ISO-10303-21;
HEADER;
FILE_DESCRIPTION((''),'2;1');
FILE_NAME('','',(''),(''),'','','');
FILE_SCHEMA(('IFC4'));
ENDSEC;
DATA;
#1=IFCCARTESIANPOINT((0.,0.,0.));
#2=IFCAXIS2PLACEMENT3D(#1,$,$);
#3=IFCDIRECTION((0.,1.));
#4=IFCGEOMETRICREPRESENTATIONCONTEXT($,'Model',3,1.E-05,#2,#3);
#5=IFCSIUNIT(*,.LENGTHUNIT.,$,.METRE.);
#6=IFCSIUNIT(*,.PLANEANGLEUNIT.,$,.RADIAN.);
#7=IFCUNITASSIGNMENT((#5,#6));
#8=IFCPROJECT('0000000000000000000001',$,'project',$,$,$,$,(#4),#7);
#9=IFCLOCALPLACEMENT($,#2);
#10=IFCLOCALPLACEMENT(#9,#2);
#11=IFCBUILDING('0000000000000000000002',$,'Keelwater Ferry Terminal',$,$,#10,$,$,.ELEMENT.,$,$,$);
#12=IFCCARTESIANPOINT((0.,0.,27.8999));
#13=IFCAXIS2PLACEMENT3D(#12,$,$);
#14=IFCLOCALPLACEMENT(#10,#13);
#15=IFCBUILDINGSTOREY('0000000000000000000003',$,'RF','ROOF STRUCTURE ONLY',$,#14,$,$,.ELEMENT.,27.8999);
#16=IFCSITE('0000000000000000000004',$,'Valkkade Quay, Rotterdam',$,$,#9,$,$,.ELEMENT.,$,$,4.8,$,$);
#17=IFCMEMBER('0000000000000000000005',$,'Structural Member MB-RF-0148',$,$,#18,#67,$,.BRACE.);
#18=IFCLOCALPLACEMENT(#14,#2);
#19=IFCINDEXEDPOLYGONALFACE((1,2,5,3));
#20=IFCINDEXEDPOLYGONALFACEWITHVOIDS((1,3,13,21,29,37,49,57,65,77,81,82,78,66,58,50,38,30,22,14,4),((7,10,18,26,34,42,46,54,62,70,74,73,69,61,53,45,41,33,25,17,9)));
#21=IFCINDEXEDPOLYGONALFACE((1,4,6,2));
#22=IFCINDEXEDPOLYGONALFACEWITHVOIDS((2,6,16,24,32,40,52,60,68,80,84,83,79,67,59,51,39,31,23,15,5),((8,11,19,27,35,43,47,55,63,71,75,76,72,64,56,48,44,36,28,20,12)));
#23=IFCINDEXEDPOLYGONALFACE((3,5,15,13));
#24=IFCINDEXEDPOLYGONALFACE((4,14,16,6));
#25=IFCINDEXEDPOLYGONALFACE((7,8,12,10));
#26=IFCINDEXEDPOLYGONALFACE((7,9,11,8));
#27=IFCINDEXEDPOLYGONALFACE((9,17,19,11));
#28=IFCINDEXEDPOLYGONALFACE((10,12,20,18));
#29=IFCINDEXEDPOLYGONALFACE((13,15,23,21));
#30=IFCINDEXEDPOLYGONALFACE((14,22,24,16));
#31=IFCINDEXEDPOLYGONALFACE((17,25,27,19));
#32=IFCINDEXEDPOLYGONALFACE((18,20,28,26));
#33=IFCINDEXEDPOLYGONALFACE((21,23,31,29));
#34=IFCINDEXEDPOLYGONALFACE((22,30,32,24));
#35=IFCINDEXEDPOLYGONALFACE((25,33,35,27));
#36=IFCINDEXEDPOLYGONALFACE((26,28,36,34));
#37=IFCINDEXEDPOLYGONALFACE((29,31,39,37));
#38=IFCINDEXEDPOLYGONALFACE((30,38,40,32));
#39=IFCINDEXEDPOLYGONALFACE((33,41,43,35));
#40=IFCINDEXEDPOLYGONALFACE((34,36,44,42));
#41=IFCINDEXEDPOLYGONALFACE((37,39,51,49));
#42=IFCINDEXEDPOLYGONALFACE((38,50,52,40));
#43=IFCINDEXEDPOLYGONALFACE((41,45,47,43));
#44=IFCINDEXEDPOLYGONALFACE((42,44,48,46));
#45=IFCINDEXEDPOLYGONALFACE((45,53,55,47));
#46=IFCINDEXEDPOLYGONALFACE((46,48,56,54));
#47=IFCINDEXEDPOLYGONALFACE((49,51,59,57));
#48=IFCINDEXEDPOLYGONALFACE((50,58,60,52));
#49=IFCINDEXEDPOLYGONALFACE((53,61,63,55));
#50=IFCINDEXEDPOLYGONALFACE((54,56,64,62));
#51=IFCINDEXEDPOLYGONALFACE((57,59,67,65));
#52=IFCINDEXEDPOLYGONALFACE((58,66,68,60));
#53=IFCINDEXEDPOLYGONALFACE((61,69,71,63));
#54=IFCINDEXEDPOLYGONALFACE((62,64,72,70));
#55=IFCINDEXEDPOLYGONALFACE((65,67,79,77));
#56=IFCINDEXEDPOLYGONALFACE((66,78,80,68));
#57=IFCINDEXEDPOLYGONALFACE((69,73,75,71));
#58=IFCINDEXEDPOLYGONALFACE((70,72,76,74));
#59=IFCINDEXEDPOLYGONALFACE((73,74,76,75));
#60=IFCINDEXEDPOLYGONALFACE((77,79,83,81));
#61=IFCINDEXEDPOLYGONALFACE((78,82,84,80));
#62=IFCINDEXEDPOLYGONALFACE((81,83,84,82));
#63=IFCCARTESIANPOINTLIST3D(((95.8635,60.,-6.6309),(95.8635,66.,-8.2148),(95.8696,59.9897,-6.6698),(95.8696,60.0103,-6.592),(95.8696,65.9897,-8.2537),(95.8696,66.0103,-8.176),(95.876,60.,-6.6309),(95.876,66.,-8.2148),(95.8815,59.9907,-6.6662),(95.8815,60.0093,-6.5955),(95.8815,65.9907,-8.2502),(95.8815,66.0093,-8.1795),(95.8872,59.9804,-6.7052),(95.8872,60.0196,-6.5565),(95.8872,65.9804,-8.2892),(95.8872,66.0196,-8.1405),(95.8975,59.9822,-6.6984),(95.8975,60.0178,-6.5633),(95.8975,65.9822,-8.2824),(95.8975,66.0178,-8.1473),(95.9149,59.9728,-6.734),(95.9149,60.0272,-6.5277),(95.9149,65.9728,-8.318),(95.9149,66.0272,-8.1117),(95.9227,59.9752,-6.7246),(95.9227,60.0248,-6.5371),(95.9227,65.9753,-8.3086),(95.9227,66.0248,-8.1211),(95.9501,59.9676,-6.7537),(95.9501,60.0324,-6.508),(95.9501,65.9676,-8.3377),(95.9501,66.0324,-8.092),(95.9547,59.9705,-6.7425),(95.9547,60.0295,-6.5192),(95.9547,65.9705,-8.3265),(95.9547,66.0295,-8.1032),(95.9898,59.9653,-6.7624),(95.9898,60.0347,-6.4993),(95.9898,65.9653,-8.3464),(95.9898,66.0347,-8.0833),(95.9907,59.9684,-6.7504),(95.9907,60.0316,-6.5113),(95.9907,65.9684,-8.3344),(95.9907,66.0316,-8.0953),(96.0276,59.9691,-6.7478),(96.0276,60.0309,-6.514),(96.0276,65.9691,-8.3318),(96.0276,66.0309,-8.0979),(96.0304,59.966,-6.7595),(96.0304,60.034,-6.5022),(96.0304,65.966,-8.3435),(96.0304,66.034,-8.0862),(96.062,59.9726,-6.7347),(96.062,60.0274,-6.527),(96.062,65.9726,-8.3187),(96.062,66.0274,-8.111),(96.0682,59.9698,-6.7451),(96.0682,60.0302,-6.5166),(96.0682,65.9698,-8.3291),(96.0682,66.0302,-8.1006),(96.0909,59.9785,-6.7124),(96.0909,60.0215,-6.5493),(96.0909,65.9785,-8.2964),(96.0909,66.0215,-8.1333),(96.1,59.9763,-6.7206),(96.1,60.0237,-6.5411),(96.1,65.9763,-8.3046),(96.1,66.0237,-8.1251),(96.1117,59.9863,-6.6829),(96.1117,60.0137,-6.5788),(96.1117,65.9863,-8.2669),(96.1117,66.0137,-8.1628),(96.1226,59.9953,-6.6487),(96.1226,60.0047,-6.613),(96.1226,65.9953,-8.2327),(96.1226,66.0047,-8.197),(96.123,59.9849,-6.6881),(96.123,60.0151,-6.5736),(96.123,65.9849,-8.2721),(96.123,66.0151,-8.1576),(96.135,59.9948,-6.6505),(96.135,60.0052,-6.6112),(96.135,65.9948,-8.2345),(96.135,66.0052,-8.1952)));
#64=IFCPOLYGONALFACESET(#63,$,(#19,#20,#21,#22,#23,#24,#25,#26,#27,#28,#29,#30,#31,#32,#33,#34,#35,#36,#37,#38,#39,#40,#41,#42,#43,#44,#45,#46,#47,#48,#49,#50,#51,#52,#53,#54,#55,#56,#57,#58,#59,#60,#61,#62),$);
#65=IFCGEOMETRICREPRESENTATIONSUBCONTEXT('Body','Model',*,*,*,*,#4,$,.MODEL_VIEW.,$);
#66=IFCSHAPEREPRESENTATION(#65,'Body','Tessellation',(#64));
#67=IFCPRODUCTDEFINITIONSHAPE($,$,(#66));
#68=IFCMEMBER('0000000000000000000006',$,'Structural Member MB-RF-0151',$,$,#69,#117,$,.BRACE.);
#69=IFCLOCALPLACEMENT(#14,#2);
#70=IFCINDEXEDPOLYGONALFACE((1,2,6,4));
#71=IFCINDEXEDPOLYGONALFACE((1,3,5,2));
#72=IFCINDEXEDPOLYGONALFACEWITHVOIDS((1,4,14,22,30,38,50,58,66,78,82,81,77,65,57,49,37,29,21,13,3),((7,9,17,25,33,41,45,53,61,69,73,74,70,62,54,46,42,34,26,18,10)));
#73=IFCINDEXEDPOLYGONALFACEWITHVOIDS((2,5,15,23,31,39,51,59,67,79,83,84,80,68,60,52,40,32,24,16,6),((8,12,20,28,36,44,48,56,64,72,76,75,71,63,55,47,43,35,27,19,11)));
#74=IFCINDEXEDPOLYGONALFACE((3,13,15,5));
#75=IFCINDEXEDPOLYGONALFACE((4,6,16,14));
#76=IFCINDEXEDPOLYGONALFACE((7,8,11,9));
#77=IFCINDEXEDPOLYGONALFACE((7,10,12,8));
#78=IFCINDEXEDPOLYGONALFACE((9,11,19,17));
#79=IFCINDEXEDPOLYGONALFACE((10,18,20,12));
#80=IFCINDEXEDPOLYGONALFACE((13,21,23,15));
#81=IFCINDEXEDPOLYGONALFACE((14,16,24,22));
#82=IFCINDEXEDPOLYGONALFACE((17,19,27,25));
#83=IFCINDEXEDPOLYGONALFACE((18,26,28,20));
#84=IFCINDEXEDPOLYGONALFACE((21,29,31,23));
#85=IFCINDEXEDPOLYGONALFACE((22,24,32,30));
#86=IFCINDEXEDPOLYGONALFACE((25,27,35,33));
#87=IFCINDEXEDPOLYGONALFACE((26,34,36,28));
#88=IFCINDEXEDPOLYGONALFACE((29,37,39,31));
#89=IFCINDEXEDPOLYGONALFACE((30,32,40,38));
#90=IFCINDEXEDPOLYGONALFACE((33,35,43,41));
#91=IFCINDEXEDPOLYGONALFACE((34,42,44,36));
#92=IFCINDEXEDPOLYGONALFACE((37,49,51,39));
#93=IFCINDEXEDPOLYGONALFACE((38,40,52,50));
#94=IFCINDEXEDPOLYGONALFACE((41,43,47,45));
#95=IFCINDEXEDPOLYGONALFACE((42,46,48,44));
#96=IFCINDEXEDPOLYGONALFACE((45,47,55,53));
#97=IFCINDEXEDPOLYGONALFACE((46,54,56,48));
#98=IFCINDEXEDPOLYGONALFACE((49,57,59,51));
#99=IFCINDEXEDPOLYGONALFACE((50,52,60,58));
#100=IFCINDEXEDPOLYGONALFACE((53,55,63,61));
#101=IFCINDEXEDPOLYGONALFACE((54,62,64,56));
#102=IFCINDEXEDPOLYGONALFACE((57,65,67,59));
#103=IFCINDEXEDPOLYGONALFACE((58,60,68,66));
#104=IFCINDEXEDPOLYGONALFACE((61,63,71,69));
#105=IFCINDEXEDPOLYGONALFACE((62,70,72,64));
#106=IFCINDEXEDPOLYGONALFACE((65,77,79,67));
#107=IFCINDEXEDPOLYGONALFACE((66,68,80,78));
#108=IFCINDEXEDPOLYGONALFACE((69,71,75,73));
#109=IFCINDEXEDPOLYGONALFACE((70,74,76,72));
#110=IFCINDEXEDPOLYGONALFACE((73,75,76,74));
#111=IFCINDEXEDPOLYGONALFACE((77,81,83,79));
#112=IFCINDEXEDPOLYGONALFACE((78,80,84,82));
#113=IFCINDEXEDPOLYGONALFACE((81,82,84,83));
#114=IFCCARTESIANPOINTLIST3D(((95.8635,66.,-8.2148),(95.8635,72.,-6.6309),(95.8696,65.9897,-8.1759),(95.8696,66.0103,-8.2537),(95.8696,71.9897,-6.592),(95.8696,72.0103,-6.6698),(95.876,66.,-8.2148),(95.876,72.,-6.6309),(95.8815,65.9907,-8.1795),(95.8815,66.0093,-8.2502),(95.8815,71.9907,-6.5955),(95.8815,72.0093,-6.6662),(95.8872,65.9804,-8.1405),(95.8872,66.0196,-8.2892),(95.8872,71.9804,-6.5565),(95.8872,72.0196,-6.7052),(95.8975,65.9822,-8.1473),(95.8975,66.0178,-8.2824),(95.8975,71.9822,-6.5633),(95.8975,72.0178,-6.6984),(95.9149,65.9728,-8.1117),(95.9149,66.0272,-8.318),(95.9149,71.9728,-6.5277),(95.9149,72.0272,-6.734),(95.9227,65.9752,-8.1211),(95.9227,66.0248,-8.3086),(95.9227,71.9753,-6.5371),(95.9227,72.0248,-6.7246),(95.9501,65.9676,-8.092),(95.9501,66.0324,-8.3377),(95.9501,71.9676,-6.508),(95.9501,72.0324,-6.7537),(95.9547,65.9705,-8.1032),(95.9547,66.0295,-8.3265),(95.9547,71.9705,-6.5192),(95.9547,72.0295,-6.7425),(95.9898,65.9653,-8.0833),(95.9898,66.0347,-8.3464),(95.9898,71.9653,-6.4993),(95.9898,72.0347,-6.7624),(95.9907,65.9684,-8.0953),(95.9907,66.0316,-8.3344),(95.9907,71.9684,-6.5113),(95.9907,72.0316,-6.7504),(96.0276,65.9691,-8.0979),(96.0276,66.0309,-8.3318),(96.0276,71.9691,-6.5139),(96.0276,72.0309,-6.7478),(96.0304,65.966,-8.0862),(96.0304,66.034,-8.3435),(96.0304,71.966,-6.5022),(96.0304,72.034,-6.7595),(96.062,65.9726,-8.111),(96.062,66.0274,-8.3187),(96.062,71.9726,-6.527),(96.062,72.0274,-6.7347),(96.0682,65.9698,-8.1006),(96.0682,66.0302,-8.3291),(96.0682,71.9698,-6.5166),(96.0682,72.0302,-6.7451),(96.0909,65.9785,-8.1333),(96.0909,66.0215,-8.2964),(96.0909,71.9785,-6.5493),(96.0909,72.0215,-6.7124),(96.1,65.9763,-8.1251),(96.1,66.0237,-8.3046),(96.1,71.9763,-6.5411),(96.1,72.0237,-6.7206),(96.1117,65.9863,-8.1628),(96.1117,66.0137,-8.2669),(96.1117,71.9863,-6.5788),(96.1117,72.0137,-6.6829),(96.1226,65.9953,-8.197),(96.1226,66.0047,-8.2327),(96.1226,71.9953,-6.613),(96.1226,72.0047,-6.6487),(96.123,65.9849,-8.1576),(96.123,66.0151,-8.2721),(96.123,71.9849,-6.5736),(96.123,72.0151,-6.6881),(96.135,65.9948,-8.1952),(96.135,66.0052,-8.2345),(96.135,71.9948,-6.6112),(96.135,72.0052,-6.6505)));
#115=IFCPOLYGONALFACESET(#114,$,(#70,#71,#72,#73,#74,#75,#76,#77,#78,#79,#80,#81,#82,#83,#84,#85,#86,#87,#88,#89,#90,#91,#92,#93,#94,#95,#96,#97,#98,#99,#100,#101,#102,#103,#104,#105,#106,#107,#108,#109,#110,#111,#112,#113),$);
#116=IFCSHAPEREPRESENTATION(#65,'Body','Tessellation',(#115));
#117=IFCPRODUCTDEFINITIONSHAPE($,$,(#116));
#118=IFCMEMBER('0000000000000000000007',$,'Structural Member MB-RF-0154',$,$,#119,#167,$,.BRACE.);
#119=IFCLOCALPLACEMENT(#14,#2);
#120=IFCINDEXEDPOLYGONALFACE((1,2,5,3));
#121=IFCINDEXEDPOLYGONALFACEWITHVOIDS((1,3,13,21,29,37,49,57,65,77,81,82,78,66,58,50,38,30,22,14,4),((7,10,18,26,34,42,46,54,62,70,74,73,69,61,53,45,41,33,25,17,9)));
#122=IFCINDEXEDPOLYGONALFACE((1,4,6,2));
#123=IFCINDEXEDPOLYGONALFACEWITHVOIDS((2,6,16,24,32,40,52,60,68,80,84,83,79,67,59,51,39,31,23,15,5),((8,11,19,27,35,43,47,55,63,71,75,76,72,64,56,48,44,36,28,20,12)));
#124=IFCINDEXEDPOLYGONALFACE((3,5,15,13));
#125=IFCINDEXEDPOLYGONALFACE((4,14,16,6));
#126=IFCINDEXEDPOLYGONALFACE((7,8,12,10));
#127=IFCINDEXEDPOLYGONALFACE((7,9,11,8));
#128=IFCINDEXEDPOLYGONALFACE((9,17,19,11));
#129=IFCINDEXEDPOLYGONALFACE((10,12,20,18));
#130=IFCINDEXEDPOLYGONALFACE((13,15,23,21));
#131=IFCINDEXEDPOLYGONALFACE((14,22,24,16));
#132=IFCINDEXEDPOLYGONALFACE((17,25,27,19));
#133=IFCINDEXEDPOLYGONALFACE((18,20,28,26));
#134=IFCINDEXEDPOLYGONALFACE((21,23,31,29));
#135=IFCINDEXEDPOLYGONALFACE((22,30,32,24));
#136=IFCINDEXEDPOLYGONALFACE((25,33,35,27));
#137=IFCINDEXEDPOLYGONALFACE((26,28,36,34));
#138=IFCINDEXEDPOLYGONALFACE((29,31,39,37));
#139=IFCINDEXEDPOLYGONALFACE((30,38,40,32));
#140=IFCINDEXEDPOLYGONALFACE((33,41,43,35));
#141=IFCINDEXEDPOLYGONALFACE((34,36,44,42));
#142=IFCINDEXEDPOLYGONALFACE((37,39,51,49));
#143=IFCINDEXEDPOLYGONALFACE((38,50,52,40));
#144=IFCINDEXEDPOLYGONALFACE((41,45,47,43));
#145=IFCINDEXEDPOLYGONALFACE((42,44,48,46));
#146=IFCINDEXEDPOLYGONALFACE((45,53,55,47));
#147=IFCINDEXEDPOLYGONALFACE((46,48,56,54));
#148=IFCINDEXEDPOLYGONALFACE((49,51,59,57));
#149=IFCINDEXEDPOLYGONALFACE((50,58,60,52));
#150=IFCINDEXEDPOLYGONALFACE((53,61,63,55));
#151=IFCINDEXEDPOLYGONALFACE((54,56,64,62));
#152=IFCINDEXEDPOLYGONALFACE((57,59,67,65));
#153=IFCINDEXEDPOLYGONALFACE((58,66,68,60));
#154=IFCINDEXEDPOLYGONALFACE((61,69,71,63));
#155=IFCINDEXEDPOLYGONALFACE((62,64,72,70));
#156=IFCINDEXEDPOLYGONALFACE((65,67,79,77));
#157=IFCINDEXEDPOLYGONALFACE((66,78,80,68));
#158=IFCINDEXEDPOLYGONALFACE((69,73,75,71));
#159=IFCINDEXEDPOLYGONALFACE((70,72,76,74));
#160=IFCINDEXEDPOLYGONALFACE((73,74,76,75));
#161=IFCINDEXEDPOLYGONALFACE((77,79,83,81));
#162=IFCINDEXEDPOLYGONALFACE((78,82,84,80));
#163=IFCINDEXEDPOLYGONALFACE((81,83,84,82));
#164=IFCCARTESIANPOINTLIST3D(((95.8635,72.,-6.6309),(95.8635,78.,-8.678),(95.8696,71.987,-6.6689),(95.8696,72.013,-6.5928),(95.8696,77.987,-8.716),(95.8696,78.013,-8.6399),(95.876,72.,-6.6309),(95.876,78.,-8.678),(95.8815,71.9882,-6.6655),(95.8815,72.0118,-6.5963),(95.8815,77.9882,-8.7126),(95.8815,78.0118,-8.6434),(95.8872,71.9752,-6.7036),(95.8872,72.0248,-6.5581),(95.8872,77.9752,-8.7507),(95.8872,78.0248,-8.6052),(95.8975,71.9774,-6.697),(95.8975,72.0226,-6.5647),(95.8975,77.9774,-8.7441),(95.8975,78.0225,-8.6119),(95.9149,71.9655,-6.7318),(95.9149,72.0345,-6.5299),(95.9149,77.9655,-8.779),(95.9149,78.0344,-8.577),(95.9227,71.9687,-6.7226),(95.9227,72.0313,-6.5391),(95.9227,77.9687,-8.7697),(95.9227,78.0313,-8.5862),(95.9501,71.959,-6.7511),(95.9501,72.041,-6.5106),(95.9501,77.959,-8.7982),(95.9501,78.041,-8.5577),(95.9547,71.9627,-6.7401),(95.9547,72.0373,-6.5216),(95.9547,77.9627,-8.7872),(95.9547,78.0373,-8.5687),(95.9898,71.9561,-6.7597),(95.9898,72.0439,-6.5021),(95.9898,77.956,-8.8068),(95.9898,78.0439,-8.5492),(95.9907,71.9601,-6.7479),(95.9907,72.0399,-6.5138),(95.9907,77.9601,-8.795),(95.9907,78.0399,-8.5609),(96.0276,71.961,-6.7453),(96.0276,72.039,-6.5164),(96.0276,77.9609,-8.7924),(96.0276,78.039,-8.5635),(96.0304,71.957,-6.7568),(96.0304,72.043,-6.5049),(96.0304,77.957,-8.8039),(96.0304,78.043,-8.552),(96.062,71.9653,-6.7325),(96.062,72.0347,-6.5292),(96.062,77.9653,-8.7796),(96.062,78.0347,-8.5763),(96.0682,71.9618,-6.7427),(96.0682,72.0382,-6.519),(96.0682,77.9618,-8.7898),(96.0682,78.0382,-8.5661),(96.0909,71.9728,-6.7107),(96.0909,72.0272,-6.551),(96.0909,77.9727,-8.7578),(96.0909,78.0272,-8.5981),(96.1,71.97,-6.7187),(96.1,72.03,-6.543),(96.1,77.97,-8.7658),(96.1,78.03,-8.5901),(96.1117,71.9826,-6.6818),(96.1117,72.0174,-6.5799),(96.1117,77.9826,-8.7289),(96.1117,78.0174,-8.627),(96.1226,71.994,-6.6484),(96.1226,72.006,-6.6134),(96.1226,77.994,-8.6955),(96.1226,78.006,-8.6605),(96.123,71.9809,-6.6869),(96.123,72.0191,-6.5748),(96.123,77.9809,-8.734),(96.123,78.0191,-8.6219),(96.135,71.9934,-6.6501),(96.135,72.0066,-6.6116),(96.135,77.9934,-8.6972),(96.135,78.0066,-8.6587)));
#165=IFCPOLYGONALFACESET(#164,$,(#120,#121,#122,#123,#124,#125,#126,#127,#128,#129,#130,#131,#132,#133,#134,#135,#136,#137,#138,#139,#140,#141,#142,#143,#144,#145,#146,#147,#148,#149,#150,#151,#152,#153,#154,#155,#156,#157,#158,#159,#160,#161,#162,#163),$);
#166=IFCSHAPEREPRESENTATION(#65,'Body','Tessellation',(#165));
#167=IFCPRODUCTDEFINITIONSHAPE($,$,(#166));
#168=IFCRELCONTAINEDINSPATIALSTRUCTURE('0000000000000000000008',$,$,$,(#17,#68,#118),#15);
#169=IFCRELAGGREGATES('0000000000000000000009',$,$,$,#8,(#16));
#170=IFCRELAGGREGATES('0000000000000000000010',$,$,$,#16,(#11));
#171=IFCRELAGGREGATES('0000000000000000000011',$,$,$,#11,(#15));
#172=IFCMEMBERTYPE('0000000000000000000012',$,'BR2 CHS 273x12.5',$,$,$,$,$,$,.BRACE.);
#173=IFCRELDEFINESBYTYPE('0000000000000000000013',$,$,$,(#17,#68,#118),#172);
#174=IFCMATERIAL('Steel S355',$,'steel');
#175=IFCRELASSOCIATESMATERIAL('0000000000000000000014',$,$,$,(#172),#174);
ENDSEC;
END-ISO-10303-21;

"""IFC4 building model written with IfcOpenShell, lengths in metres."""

from ifc_helpers import new_model, si_unit, direction, frame, origin, origin_2d, place, context, subcontext, project, spatial, hollow_circle, extrude, material, material_profile, profile_set, type_object, element, save


model = new_model("IFC4")

# Units and contexts
model_context = context("Model", 3, precision=1e-05, world=origin(), true_north=direction((0.0, 1.0)))
body_context = subcontext(model_context, "Body", "Model", "MODEL_VIEW")
ifc_project = project(units=[si_unit("LENGTHUNIT", "METRE"), si_unit("PLANEANGLEUNIT", "RADIAN")], contexts=[model_context])

# Site, building, storey
site_placement = place(None, origin())
site = spatial("IfcSite", under=ifc_project, at=site_placement, Name="Valkkade Quay, Rotterdam", CompositionType="ELEMENT", RefElevation=4.8)
building_placement = place(site_placement, origin())
building = spatial("IfcBuilding", under=site, at=building_placement, Name="Keelwater Ferry Terminal", CompositionType="ELEMENT")
storey_placement = place(building_placement, frame((0.0, 0.0, 27.8999)))
storey = spatial("IfcBuildingStorey", under=building, at=storey_placement, Name="RF", Description="ROOF STRUCTURE ONLY", CompositionType="ELEMENT", Elevation=27.8999)

# Members
ifc_material_1 = material(Name="Steel S355", Category="steel")
ifc_material_profile_1 = material_profile(ifc_material_1, hollow_circle(Radius=0.1365, WallThickness=0.0125, at=origin_2d()), Name="CHS 273x12.5")
ifc_profile_set_1 = profile_set([ifc_material_profile_1], Name="Steel S355")
member_type_1 = type_object("IfcMemberType", Name="BR2 CHS 273x12.5", PredefinedType="BRACE", material=ifc_profile_set_1)
for number, where, z_axis, x_axis, name in (
    (1, (96.0, 60.0, -6.6309), (0.0, 0.966874, -0.255252), (-1.0, 0.0, 0.0), "Structural Member MB-RF-0148"),
    (2, (96.0, 66.0, -8.2148), (0.0, 0.966874, 0.255252), (-1.0, 0.0, 0.0), "Structural Member MB-RF-0151"),
):
    element("IfcMember", number, at=place(storey_placement, frame(where, z_axis=z_axis, x_axis=x_axis)), inside=storey, type_object=member_type_1, Name=name, PredefinedType="BRACE", context=body_context, shape_type="SweptSolid", body=[
        extrude(hollow_circle(Radius=0.1365, WallThickness=0.0125, at=origin_2d()), origin(), (0.0, 0.0, 1.0), 6.2056),
    ])
member_1_placement = place(storey_placement, frame((96.0, 72.0, -6.6309), z_axis=(0.0, 0.94643, -0.322909), x_axis=(-1.0, 0.0, 0.0)))
element("IfcMember", 3, at=member_1_placement, inside=storey, type_object=member_type_1, Name="Structural Member MB-RF-0154", PredefinedType="BRACE", context=body_context, shape_type="SweptSolid", body=[
    extrude(hollow_circle(Radius=0.1365, WallThickness=0.0125, at=origin_2d()), origin(), (0.0, 0.0, 1.0), 6.3396),
])

save(model, "model.ifc")
